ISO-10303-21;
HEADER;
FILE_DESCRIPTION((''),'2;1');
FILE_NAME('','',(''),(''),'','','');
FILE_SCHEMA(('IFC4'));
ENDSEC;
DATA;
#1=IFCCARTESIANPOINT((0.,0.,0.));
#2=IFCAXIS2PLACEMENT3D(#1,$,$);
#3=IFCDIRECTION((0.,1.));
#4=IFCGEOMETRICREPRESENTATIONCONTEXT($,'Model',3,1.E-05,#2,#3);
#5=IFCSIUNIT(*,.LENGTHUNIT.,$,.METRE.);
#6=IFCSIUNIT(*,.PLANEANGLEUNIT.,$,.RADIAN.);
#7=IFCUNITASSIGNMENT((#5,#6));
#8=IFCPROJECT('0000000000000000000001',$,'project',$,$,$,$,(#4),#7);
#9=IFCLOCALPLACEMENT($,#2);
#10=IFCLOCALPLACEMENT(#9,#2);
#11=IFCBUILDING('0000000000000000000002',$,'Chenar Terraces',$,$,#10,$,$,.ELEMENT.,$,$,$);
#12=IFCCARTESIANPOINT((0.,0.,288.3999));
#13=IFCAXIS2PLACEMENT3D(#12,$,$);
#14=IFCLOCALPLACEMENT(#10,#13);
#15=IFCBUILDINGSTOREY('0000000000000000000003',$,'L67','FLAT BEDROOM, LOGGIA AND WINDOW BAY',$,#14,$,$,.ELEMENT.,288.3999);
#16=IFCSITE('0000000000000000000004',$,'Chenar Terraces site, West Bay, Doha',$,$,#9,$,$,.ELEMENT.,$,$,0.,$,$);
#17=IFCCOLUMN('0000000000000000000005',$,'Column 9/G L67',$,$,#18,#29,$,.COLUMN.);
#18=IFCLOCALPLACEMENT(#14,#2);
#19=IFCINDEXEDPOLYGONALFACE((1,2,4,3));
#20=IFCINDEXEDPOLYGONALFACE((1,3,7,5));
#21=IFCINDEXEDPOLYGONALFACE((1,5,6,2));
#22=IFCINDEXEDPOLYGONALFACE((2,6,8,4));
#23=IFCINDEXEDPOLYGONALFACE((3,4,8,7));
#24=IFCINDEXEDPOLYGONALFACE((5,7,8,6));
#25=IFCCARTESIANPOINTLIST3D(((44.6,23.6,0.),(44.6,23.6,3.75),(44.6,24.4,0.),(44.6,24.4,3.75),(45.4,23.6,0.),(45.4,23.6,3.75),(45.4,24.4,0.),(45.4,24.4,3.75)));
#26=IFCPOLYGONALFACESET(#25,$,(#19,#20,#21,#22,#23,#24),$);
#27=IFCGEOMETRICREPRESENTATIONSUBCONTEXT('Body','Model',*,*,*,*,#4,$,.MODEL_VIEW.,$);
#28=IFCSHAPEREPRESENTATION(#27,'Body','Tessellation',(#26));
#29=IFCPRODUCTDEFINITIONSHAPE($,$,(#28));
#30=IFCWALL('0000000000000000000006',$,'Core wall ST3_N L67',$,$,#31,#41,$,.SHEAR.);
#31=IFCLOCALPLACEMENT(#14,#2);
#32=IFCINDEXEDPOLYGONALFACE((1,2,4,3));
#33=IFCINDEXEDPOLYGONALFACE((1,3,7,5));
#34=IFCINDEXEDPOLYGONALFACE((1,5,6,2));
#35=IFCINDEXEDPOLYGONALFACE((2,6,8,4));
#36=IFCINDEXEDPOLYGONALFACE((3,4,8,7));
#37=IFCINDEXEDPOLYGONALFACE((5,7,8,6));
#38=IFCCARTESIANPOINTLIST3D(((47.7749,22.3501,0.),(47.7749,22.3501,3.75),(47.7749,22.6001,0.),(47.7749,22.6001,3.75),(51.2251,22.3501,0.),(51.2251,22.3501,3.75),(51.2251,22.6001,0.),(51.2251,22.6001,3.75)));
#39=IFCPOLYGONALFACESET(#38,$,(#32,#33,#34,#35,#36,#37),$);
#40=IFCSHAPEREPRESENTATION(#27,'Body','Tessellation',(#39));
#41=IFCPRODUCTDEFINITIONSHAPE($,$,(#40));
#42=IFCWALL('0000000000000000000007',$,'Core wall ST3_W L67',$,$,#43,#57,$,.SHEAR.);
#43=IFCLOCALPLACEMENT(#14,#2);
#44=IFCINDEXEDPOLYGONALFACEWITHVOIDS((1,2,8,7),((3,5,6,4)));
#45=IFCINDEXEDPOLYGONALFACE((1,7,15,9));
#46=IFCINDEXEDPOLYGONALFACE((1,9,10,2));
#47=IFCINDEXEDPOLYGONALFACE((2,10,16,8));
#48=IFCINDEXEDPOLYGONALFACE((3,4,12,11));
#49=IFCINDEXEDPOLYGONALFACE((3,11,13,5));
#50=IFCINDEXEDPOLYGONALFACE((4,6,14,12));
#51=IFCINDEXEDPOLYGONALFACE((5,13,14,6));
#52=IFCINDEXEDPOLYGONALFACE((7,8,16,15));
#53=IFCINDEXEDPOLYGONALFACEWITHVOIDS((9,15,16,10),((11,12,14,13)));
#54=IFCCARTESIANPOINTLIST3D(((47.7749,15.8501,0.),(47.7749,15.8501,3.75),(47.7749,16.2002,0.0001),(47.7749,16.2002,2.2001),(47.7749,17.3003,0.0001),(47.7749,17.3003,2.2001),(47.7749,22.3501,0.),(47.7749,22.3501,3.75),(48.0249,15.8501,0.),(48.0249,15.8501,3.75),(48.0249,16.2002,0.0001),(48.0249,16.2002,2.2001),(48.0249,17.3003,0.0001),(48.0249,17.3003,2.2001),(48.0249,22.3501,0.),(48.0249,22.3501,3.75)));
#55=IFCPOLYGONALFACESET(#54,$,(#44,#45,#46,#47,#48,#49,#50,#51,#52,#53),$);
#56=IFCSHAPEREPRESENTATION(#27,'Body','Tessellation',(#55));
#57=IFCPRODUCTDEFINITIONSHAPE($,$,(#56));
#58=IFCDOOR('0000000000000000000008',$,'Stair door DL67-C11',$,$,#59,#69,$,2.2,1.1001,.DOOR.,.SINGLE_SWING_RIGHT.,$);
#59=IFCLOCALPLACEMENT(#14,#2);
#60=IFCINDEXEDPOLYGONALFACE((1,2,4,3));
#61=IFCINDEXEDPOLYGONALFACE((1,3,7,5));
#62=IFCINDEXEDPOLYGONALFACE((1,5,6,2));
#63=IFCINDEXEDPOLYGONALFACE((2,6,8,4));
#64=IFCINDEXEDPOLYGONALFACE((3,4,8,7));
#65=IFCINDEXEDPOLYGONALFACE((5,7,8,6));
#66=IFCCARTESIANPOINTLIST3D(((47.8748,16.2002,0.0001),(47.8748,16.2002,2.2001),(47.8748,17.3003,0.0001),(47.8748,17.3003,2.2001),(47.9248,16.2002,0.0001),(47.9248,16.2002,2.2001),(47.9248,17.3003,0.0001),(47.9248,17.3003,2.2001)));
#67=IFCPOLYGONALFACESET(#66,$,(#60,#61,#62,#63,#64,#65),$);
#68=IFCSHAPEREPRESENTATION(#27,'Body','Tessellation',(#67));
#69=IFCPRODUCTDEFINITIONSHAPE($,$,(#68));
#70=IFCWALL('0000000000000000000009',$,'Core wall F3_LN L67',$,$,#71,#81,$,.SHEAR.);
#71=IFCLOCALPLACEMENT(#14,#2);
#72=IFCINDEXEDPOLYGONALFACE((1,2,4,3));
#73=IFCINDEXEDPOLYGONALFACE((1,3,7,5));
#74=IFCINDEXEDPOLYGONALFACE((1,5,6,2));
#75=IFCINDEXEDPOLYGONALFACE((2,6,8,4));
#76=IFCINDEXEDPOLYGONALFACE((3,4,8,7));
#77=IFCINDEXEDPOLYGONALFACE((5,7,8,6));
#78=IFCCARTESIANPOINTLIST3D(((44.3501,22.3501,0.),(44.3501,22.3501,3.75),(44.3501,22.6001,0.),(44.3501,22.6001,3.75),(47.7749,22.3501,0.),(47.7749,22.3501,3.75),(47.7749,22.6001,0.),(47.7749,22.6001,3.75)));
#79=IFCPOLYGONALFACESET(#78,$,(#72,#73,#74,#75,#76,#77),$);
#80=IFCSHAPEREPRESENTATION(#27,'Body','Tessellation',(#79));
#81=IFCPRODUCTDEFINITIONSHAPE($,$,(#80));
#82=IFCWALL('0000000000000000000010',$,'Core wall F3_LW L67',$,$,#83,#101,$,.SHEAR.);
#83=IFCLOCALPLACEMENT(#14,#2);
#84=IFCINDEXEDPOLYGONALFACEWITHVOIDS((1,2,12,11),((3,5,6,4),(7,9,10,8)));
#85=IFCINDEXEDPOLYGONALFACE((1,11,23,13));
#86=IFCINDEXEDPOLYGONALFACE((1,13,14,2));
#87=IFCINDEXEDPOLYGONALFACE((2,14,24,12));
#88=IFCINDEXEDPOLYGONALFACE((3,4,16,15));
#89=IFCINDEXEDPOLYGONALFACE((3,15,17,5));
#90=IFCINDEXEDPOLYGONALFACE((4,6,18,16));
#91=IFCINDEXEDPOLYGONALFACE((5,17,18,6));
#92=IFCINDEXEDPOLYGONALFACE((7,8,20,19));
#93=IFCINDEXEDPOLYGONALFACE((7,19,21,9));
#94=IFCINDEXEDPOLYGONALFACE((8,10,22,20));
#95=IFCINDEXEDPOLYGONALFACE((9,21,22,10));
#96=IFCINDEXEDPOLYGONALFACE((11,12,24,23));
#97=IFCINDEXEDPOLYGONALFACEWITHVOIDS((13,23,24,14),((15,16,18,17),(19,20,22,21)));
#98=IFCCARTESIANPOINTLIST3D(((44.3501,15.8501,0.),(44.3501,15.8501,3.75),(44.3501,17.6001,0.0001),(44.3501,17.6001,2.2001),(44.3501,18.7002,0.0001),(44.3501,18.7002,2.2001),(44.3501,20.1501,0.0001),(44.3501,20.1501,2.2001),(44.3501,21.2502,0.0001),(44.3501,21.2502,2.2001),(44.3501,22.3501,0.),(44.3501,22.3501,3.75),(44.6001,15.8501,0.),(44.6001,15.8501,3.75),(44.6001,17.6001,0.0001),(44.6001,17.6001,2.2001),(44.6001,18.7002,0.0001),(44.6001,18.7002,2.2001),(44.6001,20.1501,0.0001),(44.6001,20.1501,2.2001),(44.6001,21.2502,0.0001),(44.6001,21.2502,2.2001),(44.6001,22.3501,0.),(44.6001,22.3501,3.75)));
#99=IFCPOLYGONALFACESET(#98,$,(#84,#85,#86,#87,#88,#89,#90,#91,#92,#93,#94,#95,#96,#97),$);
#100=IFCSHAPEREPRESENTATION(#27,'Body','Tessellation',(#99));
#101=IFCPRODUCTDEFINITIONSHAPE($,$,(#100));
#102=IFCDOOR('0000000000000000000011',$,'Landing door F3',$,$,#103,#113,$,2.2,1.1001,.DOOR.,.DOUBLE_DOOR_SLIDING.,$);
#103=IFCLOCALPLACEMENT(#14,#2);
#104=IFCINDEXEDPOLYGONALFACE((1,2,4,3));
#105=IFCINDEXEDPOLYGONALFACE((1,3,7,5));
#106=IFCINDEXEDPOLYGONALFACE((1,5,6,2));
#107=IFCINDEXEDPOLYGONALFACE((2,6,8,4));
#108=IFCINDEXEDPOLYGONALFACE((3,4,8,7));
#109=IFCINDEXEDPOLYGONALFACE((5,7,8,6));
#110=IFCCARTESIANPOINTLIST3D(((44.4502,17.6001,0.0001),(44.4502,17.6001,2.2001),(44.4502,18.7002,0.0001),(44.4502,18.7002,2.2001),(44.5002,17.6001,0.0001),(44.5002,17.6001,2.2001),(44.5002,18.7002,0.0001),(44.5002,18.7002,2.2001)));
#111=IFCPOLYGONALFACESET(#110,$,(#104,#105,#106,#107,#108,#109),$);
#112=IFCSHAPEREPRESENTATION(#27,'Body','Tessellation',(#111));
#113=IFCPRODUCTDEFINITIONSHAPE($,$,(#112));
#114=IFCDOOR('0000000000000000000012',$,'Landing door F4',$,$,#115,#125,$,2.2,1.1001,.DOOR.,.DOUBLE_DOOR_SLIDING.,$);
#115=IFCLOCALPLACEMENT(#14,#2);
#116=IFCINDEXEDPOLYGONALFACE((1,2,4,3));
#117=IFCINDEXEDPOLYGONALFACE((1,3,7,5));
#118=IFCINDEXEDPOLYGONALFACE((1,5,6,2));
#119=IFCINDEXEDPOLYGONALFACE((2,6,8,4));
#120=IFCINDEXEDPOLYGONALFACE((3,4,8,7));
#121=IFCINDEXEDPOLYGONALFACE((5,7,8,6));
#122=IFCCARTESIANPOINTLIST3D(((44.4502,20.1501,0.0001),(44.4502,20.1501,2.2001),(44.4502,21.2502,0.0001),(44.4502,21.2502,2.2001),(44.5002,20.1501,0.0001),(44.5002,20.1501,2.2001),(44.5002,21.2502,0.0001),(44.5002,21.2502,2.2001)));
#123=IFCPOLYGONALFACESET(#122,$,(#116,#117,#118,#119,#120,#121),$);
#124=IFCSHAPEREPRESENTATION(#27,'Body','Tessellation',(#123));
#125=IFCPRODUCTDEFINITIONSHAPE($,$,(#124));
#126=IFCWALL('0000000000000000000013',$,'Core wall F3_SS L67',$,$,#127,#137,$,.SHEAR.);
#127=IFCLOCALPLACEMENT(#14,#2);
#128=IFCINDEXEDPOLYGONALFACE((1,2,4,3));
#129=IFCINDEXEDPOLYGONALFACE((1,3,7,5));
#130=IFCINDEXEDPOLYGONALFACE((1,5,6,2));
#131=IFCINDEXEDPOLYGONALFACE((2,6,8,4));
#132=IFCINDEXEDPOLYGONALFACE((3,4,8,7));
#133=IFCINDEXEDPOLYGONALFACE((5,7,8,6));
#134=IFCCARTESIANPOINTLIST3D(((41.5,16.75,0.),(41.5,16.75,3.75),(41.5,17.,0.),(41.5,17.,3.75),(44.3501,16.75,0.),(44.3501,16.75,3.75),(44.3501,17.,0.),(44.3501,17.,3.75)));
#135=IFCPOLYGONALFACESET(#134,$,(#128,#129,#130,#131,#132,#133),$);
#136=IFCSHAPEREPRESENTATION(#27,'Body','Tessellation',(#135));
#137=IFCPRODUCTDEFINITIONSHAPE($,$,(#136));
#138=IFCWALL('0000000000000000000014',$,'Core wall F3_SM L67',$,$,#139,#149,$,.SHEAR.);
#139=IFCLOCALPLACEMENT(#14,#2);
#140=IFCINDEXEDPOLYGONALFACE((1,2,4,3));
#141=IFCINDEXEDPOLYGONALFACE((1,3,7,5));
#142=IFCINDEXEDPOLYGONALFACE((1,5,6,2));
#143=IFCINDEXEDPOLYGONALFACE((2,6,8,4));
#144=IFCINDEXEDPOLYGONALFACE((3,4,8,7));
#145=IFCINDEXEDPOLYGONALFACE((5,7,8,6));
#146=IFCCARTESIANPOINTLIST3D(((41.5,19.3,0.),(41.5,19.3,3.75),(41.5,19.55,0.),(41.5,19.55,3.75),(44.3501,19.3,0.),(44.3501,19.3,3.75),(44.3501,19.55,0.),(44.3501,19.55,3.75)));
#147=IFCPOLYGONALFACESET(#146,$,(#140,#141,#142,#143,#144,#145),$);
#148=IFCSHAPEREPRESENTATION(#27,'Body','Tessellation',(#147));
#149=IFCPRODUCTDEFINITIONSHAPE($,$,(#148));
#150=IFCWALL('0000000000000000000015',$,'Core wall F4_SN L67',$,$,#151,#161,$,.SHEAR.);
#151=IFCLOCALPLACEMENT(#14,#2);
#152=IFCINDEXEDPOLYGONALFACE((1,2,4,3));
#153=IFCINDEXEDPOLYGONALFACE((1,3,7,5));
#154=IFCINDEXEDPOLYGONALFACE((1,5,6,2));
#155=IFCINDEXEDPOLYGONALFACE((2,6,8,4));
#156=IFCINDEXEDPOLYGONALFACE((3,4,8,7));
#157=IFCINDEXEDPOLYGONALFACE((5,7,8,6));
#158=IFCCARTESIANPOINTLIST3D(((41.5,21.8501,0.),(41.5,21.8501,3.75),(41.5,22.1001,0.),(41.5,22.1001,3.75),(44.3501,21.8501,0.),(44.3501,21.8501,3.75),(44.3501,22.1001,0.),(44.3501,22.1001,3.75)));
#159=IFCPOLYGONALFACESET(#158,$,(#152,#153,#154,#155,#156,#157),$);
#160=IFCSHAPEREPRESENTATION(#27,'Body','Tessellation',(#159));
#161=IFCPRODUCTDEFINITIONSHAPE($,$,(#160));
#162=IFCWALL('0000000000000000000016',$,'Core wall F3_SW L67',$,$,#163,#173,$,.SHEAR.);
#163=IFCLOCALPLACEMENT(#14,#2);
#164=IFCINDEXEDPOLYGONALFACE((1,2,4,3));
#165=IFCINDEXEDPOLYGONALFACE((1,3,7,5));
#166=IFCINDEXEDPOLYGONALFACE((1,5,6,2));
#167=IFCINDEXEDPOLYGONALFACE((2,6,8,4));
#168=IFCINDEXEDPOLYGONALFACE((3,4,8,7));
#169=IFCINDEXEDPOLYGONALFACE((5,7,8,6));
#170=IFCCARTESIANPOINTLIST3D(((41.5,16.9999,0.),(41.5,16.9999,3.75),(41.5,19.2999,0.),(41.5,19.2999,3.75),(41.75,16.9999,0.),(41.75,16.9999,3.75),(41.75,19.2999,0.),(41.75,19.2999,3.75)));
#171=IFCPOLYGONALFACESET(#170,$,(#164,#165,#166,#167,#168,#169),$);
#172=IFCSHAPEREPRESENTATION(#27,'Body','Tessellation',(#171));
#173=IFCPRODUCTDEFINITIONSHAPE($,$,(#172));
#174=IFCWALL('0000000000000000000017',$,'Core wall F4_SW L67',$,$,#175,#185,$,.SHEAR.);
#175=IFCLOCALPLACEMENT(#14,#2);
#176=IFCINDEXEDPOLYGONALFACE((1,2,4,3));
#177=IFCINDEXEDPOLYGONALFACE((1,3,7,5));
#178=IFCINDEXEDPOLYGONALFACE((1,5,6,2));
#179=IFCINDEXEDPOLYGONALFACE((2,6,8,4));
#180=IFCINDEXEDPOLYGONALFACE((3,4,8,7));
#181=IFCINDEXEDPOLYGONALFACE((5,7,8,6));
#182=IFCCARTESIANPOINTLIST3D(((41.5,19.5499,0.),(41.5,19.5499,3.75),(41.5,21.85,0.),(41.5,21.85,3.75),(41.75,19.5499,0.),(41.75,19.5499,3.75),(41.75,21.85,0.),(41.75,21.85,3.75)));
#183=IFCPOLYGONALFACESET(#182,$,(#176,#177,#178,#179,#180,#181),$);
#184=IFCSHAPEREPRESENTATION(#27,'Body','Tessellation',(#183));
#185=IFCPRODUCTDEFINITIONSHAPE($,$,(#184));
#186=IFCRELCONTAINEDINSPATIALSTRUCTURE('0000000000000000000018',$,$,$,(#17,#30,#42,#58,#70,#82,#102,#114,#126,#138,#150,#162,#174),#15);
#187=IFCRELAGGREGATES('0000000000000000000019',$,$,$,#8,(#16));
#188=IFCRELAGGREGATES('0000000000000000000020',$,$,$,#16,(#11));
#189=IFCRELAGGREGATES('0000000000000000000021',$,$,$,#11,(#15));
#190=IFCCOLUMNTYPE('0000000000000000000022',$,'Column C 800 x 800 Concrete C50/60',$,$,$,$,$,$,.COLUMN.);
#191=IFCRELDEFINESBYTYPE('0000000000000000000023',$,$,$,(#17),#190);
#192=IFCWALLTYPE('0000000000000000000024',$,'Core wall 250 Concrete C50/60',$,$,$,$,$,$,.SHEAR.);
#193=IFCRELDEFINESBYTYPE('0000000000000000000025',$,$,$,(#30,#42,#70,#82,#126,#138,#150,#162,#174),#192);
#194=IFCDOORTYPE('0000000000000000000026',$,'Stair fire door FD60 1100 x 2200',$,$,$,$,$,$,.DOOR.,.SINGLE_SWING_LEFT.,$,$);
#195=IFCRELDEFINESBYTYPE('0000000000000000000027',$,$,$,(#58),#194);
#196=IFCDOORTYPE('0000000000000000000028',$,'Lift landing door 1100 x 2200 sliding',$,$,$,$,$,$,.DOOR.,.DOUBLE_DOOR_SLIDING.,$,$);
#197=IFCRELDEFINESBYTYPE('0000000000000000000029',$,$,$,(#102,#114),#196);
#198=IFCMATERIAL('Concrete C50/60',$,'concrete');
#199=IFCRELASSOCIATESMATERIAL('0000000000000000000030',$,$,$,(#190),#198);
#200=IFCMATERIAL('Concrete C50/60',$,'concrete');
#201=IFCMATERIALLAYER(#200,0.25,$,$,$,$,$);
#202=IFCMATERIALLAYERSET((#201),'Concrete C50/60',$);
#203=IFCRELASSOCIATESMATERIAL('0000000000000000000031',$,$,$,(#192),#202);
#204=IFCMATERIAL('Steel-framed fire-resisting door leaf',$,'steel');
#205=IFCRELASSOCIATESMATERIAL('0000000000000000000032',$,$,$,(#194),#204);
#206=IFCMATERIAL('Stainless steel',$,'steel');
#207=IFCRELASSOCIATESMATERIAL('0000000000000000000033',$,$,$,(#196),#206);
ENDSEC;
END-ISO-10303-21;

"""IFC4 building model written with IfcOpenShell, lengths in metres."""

from ifc_helpers import new_model, si_unit, direction, frame, frame_2d, origin, origin_2d, place, context, subcontext, project, spatial, rectangle, extrude, material, layer, layer_set, material_profile, profile_set, type_object, element, fill, save


model = new_model("IFC4")

# Units and contexts
model_context = context("Model", 3, precision=1e-05, world=origin(), true_north=direction((0.0, 1.0)))
body_context = subcontext(model_context, "Body", "Model", "MODEL_VIEW")
ifc_project = project(units=[si_unit("LENGTHUNIT", "METRE"), si_unit("PLANEANGLEUNIT", "RADIAN")], contexts=[model_context])

# Site, building, storey
site_placement = place(None, origin())
site = spatial("IfcSite", under=ifc_project, at=site_placement, Name="Chenar Terraces site, West Bay, Doha", CompositionType="ELEMENT", RefElevation=0.0)
building_placement = place(site_placement, origin())
building = spatial("IfcBuilding", under=site, at=building_placement, Name="Chenar Terraces", CompositionType="ELEMENT")
storey_placement = place(building_placement, frame((0.0, 0.0, 288.3999)))
storey = spatial("IfcBuildingStorey", under=building, at=storey_placement, Name="L67", Description="FLAT BEDROOM, LOGGIA AND WINDOW BAY", CompositionType="ELEMENT", Elevation=288.3999)

# Column
ifc_material_1 = material(Name="Concrete C50/60", Category="concrete")
ifc_material_profile_1 = material_profile(ifc_material_1, rectangle(XDim=0.8, YDim=0.8, at=origin_2d()), Name="C 800 x 800")
ifc_profile_set_1 = profile_set([ifc_material_profile_1], Name="Concrete C50/60")
column_type = type_object("IfcColumnType", Name="Column C 800 x 800 Concrete C50/60", PredefinedType="COLUMN", material=ifc_profile_set_1)
column_placement = place(storey_placement, frame((45.0, 24.0, 0.0), z_axis=(0.0, 0.0, 1.0), x_axis=(1.0, 0.0, 0.0)))
element("IfcColumn", 1, at=column_placement, inside=storey, type_object=column_type, Name="Column 9/G L67", PredefinedType="COLUMN", context=body_context, shape_type="SweptSolid", body=[
    extrude(rectangle(XDim=0.8, YDim=0.8, at=origin_2d()), origin(), (0.0, 0.0, 1.0), 3.75),
])

# Wall
ifc_material_2 = material(Name="Concrete C50/60", Category="concrete")
ifc_layer_1 = layer(ifc_material_2, 0.25)
ifc_layer_set_1 = layer_set([ifc_layer_1], Name="Concrete C50/60")
wall_type_1 = type_object("IfcWallType", Name="Core wall 250 Concrete C50/60", PredefinedType="SHEAR", material=ifc_layer_set_1)
wall_1_placement = place(storey_placement, frame((47.7749, 22.4751, 0.0), z_axis=(0.0, 0.0, 1.0), x_axis=(1.0, 0.0, 0.0)))
element("IfcWall", 2, at=wall_1_placement, inside=storey, type_object=wall_type_1, Name="Core wall ST3_N L67", PredefinedType="SHEAR", context=body_context, shape_type="SweptSolid", body=[
    extrude(rectangle(XDim=3.4502, YDim=0.25, at=frame_2d((1.7251, 0.0))), origin(), (0.0, 0.0, 1.0), 3.75),
])

# Wall, opening, door
wall_2_placement = place(storey_placement, frame((47.8999, 15.8501, 0.0), z_axis=(0.0, 0.0, 1.0), x_axis=(0.0, 1.0, 0.0)))
wall_2 = element("IfcWall", 3, at=wall_2_placement, inside=storey, type_object=wall_type_1, Name="Core wall ST3_W L67", PredefinedType="SHEAR", context=body_context, shape_type="SweptSolid", body=[
    extrude(rectangle(XDim=6.5, YDim=0.25, at=frame_2d((3.25, 0.0))), origin(), (0.0, 0.0, 1.0), 3.75),
])
opening_1_placement = place(wall_2_placement, frame((0.3501, 0.0, 0.0)))
opening_1 = element("IfcOpeningElement", 4, at=opening_1_placement, cuts=wall_2, PredefinedType="OPENING", context=body_context, shape_type="SweptSolid", body=[
    extrude(rectangle(XDim=1.1001, YDim=2.2, at=frame_2d((0.55, 1.1001))), frame((0.0, 0.135, 0.0), z_axis=(0.0, -1.0, 0.0), x_axis=(1.0, 0.0, 0.0)), (0.0, 0.0, 1.0), 0.27),
])
ifc_material_3 = material(Name="Steel-framed fire-resisting door leaf", Category="steel")
door_type_1 = type_object("IfcDoorType", Name="Stair fire door FD60 1100 x 2200", OperationType="SINGLE_SWING_LEFT", PredefinedType="DOOR", material=ifc_material_3)
door_1_placement = place(opening_1_placement, frame((1.1001, 0.0, 0.0), z_axis=(0.0, 0.0, 1.0), x_axis=(-1.0, 0.0, 0.0)))
door_1 = element("IfcDoor", 5, at=door_1_placement, inside=storey, type_object=door_type_1, Name="Stair door DL67-C11", OperationType="SINGLE_SWING_RIGHT", OverallHeight=2.2, OverallWidth=1.1001, PredefinedType="DOOR", context=body_context, shape_type="SweptSolid", body=[
    extrude(rectangle(XDim=1.1001, YDim=2.2, at=frame_2d((0.55, 1.1001))), frame((0.0, 0.0249, 0.0), z_axis=(0.0, -1.0, 0.0), x_axis=(1.0, 0.0, 0.0)), (0.0, 0.0, 1.0), 0.05),
])
fill(opening_1, door_1)

# Wall
wall_3_placement = place(storey_placement, frame((44.3501, 22.4751, 0.0), z_axis=(0.0, 0.0, 1.0), x_axis=(1.0, 0.0, 0.0)))
element("IfcWall", 6, at=wall_3_placement, inside=storey, type_object=wall_type_1, Name="Core wall F3_LN L67", PredefinedType="SHEAR", context=body_context, shape_type="SweptSolid", body=[
    extrude(rectangle(XDim=3.4248, YDim=0.25, at=frame_2d((1.7124, 0.0))), origin(), (0.0, 0.0, 1.0), 3.75),
])

# Wall, openings, doors
wall_4_placement = place(storey_placement, frame((44.4751, 15.8501, 0.0), z_axis=(0.0, 0.0, 1.0), x_axis=(0.0, 1.0, 0.0)))
wall_4 = element("IfcWall", 7, at=wall_4_placement, inside=storey, type_object=wall_type_1, Name="Core wall F3_LW L67", PredefinedType="SHEAR", context=body_context, shape_type="SweptSolid", body=[
    extrude(rectangle(XDim=6.5, YDim=0.25, at=frame_2d((3.25, 0.0))), origin(), (0.0, 0.0, 1.0), 3.75),
])
opening_2_placement = place(wall_4_placement, frame((1.75, 0.0, 0.0)))
opening_2 = element("IfcOpeningElement", 8, at=opening_2_placement, cuts=wall_4, PredefinedType="OPENING", context=body_context, shape_type="SweptSolid", body=[
    extrude(rectangle(XDim=1.1001, YDim=2.2, at=frame_2d((0.55, 1.1001))), frame((0.0, 0.135, 0.0), z_axis=(0.0, -1.0, 0.0), x_axis=(1.0, 0.0, 0.0)), (0.0, 0.0, 1.0), 0.27),
])
opening_3_placement = place(wall_4_placement, frame((4.3, 0.0, 0.0)))
opening_3 = element("IfcOpeningElement", 9, at=opening_3_placement, cuts=wall_4, PredefinedType="OPENING", context=body_context, shape_type="SweptSolid", body=[
    extrude(rectangle(XDim=1.1001, YDim=2.2, at=frame_2d((0.55, 1.1001))), frame((0.0, 0.135, 0.0), z_axis=(0.0, -1.0, 0.0), x_axis=(1.0, 0.0, 0.0)), (0.0, 0.0, 1.0), 0.27),
])
ifc_material_4 = material(Name="Stainless steel", Category="steel")
door_type_2 = type_object("IfcDoorType", Name="Lift landing door 1100 x 2200 sliding", OperationType="DOUBLE_DOOR_SLIDING", PredefinedType="DOOR", material=ifc_material_4)
door_2_placement = place(opening_2_placement, origin())
door_2 = element("IfcDoor", 10, at=door_2_placement, inside=storey, type_object=door_type_2, Name="Landing door F3", OperationType="DOUBLE_DOOR_SLIDING", OverallHeight=2.2, OverallWidth=1.1001, PredefinedType="DOOR", context=body_context, shape_type="SweptSolid", body=[
    extrude(rectangle(XDim=1.1001, YDim=2.2, at=frame_2d((0.55, 1.1001))), frame((0.0, 0.0249, 0.0), z_axis=(0.0, -1.0, 0.0), x_axis=(1.0, 0.0, 0.0)), (0.0, 0.0, 1.0), 0.05),
])
fill(opening_2, door_2)
door_3_placement = place(opening_3_placement, origin())
door_3 = element("IfcDoor", 11, at=door_3_placement, inside=storey, type_object=door_type_2, Name="Landing door F4", OperationType="DOUBLE_DOOR_SLIDING", OverallHeight=2.2, OverallWidth=1.1001, PredefinedType="DOOR", context=body_context, shape_type="SweptSolid", body=[
    extrude(rectangle(XDim=1.1001, YDim=2.2, at=frame_2d((0.55, 1.1001))), frame((0.0, 0.0249, 0.0), z_axis=(0.0, -1.0, 0.0), x_axis=(1.0, 0.0, 0.0)), (0.0, 0.0, 1.0), 0.05),
])
fill(opening_3, door_3)

# Walls
for number, where, z_axis, x_axis, name in (
    (12, (41.5, 16.875, 0.0), (0.0, 0.0, 1.0), (1.0, 0.0, 0.0), "Core wall F3_SS L67"),
    (13, (41.5, 19.425, 0.0), (0.0, 0.0, 1.0), (1.0, 0.0, 0.0), "Core wall F3_SM L67"),
    (14, (41.5, 21.9751, 0.0), (0.0, 0.0, 1.0), (1.0, 0.0, 0.0), "Core wall F4_SN L67"),
):
    element("IfcWall", number, at=place(storey_placement, frame(where, z_axis=z_axis, x_axis=x_axis)), inside=storey, type_object=wall_type_1, Name=name, PredefinedType="SHEAR", context=body_context, shape_type="SweptSolid", body=[
        extrude(rectangle(XDim=2.8501, YDim=0.25, at=frame_2d((1.425, 0.0))), origin(), (0.0, 0.0, 1.0), 3.75),
    ])
for number, where, z_axis, x_axis, name in (
    (15, (41.625, 17.0, 0.0), (0.0, 0.0, 1.0), (0.0, 1.0, 0.0), "Core wall F3_SW L67"),
    (16, (41.625, 19.55, 0.0), (0.0, 0.0, 1.0), (0.0, 1.0, 0.0), "Core wall F4_SW L67"),
):
    element("IfcWall", number, at=place(storey_placement, frame(where, z_axis=z_axis, x_axis=x_axis)), inside=storey, type_object=wall_type_1, Name=name, PredefinedType="SHEAR", context=body_context, shape_type="SweptSolid", body=[
        extrude(rectangle(XDim=2.3, YDim=0.25, at=frame_2d((1.1499, 0.0))), origin(), (0.0, 0.0, 1.0), 3.75),
    ])

save(model, "model.ifc")
